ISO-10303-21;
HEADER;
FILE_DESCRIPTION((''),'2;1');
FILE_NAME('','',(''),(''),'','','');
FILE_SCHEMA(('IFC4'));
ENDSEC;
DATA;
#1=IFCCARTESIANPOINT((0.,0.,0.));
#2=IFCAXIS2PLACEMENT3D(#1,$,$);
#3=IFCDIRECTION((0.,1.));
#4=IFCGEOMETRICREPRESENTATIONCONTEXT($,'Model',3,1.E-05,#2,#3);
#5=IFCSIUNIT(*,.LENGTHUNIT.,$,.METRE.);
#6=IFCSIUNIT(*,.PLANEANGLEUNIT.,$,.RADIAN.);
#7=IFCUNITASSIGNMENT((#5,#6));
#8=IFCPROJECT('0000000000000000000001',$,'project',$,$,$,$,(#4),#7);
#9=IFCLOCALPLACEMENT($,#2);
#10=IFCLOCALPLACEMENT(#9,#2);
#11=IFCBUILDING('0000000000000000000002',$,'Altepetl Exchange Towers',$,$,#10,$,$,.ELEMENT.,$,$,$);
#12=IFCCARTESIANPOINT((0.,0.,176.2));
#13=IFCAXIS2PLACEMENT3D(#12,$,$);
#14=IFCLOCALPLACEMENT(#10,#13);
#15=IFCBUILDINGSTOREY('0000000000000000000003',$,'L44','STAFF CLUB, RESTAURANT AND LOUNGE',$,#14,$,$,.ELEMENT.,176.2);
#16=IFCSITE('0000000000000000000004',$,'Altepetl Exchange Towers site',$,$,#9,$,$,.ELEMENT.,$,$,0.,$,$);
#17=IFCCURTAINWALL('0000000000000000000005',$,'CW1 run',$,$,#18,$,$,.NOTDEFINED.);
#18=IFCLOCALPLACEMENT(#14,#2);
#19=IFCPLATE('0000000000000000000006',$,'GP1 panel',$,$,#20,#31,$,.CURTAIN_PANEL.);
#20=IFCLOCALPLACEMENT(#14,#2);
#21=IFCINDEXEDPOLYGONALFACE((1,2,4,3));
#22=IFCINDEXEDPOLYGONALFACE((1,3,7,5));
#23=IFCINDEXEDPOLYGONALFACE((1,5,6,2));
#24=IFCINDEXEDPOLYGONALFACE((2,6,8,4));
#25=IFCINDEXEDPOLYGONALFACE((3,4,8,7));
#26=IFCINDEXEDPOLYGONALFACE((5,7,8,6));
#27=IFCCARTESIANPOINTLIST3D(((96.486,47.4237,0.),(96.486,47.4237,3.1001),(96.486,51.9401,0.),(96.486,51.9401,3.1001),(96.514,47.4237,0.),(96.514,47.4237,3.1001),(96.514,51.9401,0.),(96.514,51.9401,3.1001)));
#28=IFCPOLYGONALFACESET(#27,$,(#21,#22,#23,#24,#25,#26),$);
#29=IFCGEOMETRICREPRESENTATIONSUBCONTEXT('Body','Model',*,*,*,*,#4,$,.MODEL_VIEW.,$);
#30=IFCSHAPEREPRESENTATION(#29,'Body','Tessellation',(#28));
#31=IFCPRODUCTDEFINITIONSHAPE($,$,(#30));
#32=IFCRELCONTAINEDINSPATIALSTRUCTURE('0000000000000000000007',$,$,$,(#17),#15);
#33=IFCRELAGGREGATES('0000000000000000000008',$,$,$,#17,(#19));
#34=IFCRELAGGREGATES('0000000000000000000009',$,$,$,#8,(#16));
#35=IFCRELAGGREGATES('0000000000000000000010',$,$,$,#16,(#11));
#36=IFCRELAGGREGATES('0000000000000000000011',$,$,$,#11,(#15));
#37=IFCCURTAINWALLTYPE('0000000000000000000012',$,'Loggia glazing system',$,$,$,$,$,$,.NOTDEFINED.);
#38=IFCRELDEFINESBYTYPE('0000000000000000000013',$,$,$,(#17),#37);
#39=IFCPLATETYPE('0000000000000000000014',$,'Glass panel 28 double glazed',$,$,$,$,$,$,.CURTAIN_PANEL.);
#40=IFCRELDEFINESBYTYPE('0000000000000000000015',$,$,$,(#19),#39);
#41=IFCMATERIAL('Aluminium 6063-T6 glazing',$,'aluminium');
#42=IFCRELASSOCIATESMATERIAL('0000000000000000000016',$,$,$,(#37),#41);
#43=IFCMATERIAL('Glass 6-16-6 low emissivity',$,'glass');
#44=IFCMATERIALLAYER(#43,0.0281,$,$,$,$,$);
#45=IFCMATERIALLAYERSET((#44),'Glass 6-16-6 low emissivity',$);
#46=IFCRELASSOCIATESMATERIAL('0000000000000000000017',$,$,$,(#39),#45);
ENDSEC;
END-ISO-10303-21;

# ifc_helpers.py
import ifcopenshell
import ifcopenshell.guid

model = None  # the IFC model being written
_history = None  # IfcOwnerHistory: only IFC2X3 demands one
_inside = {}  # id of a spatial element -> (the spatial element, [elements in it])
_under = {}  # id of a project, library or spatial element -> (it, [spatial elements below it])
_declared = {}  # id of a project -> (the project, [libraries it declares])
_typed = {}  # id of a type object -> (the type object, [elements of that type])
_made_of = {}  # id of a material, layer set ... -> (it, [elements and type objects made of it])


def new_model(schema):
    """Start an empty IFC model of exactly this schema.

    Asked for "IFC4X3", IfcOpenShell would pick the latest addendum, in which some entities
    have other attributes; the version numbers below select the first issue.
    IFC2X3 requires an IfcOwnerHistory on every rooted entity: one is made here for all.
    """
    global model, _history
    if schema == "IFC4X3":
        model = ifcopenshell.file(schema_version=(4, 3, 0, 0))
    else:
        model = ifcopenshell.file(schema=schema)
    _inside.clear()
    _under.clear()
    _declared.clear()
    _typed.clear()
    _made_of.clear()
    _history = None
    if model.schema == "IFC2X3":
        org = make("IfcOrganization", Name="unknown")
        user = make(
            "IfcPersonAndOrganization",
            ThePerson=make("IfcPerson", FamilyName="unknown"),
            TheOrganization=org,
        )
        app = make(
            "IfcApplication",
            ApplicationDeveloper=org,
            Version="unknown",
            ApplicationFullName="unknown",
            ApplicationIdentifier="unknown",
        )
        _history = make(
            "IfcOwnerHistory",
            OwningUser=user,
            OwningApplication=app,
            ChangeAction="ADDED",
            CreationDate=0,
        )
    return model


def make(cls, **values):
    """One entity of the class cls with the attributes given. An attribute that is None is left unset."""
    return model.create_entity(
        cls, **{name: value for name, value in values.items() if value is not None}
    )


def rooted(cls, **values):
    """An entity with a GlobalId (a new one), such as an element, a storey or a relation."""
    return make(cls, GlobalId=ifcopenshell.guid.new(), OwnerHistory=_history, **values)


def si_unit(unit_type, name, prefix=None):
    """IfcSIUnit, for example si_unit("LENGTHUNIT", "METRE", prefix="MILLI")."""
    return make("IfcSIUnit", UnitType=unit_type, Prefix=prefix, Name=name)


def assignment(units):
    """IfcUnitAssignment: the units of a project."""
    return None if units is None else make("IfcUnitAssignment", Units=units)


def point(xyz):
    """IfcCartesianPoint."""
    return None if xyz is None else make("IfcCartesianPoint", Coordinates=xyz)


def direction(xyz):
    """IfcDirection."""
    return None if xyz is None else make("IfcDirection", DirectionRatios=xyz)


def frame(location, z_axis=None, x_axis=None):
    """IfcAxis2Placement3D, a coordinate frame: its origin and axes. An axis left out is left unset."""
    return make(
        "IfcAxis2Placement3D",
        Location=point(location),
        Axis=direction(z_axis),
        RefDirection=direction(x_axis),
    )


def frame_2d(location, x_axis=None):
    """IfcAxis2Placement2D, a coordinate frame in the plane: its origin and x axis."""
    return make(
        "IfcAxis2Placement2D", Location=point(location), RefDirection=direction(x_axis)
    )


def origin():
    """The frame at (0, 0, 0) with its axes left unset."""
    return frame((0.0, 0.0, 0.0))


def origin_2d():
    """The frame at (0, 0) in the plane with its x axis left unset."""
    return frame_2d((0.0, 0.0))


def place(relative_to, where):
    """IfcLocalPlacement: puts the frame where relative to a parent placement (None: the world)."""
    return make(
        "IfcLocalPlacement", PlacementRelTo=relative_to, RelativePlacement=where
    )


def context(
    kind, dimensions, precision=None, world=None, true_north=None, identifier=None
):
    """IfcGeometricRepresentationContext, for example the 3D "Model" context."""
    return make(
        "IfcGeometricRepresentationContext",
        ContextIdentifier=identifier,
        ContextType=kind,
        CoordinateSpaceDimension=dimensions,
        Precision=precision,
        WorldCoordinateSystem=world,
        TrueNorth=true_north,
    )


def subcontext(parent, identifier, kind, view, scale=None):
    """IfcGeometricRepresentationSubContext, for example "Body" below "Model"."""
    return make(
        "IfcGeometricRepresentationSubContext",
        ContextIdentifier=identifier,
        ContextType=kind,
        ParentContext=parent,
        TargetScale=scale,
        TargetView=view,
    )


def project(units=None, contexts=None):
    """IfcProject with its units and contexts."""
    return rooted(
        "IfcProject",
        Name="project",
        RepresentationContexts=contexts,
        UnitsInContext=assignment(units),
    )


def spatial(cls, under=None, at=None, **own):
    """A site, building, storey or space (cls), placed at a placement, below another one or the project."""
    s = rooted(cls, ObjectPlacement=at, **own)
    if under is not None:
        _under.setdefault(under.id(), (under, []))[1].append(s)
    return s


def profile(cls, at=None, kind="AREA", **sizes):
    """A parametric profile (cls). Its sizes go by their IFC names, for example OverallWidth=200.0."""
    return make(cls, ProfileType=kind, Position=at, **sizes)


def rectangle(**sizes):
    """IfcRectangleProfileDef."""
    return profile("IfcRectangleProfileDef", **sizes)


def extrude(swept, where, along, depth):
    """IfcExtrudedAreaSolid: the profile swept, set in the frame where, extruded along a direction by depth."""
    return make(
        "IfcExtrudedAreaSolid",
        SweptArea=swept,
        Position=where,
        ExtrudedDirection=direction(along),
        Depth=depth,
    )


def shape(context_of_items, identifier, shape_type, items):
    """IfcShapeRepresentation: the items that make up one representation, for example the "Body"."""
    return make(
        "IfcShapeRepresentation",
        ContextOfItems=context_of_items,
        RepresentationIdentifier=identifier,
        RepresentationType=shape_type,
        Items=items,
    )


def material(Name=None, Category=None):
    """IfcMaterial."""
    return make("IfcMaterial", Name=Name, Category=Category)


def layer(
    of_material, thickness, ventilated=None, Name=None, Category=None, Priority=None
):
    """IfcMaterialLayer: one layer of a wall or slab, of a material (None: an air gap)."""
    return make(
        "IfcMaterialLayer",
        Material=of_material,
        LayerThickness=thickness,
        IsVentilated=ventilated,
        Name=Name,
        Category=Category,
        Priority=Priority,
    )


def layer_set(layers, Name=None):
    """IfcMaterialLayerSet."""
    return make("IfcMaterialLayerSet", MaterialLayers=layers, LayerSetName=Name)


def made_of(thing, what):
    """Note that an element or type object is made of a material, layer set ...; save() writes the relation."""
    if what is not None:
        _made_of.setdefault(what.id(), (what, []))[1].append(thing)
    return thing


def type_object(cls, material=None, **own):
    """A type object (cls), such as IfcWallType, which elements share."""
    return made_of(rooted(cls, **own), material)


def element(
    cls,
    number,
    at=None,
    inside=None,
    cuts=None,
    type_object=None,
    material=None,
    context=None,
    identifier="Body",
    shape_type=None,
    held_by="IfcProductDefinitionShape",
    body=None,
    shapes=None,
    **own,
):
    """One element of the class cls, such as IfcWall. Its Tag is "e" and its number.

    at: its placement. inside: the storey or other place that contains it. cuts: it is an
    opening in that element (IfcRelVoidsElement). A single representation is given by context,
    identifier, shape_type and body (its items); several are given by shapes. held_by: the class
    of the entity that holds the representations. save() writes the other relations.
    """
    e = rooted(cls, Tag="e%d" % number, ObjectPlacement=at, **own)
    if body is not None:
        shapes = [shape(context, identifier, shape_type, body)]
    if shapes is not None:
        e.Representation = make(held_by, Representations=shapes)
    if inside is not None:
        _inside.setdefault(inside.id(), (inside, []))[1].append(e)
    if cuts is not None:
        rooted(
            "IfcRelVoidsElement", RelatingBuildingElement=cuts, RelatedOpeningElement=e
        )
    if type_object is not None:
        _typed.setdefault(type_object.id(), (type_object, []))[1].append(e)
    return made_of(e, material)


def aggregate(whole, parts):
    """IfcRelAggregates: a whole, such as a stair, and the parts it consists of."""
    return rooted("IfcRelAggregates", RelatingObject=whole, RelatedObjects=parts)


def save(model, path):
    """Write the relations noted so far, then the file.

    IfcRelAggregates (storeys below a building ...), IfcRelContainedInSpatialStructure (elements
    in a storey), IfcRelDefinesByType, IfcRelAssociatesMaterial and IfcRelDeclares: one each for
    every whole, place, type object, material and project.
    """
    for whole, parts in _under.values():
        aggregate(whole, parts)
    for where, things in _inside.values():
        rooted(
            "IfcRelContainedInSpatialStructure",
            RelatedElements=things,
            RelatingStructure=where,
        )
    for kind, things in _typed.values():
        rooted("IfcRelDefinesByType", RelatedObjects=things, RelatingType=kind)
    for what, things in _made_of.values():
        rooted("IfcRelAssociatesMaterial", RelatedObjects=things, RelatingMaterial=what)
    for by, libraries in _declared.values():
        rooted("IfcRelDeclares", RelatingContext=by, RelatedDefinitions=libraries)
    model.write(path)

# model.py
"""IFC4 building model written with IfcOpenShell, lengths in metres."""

from ifc_helpers import new_model, si_unit, direction, frame, origin, origin_2d, place, context, subcontext, project, spatial, rectangle, extrude, material, layer, layer_set, type_object, element, aggregate, save


model = new_model("IFC4")

# Units and contexts
model_context = context("Model", 3, precision=1e-05, world=origin(), true_north=direction((0.0, 1.0)))
body_context = subcontext(model_context, "Body", "Model", "MODEL_VIEW")
ifc_project = project(units=[si_unit("LENGTHUNIT", "METRE"), si_unit("PLANEANGLEUNIT", "RADIAN")], contexts=[model_context])

# Site, building, storey
site_placement = place(None, origin())
site = spatial("IfcSite", under=ifc_project, at=site_placement, Name="Altepetl Exchange Towers site", CompositionType="ELEMENT", RefElevation=0.0)
building_placement = place(site_placement, origin())
building = spatial("IfcBuilding", under=site, at=building_placement, Name="Altepetl Exchange Towers", CompositionType="ELEMENT")
storey_placement = place(building_placement, frame((0.0, 0.0, 176.2)))
storey = spatial("IfcBuildingStorey", under=building, at=storey_placement, Name="L44", Description="STAFF CLUB, RESTAURANT AND LOUNGE", CompositionType="ELEMENT", Elevation=176.2)

# Shared definitions
ifc_material_1 = material(Name="Aluminium 6063-T6 glazing", Category="aluminium")
curtain_wall_type = type_object("IfcCurtainWallType", Name="Loggia glazing system", PredefinedType="NOTDEFINED", material=ifc_material_1)

# Curtain wall
curtain_wall_1_placement = place(storey_placement, origin())
curtain_wall_1 = element("IfcCurtainWall", 1, at=curtain_wall_1_placement, inside=storey, type_object=curtain_wall_type, Name="CW1 run", PredefinedType="NOTDEFINED")

# Plate
ifc_material_2 = material(Name="Glass 6-16-6 low emissivity", Category="glass")
ifc_layer = layer(ifc_material_2, 0.0281)
ifc_layer_set = layer_set([ifc_layer], Name="Glass 6-16-6 low emissivity")
plate_type = type_object("IfcPlateType", Name="Glass panel 28 double glazed", PredefinedType="CURTAIN_PANEL", material=ifc_layer_set)
plate_1_placement = place(storey_placement, frame((96.5, 49.6819, 0.0), z_axis=(0.0, 0.0, 1.0), x_axis=(0.0, -1.0, 0.0)))
plate_1 = element("IfcPlate", 2, at=plate_1_placement, type_object=plate_type, Name="GP1 panel", PredefinedType="CURTAIN_PANEL", context=body_context, shape_type="SweptSolid", body=[
    extrude(rectangle(XDim=4.5164, YDim=0.0281, at=origin_2d()), origin(), (0.0, 0.0, 1.0), 3.1001),
])
aggregate(curtain_wall_1, [plate_1])

save(model, "model.ifc")
